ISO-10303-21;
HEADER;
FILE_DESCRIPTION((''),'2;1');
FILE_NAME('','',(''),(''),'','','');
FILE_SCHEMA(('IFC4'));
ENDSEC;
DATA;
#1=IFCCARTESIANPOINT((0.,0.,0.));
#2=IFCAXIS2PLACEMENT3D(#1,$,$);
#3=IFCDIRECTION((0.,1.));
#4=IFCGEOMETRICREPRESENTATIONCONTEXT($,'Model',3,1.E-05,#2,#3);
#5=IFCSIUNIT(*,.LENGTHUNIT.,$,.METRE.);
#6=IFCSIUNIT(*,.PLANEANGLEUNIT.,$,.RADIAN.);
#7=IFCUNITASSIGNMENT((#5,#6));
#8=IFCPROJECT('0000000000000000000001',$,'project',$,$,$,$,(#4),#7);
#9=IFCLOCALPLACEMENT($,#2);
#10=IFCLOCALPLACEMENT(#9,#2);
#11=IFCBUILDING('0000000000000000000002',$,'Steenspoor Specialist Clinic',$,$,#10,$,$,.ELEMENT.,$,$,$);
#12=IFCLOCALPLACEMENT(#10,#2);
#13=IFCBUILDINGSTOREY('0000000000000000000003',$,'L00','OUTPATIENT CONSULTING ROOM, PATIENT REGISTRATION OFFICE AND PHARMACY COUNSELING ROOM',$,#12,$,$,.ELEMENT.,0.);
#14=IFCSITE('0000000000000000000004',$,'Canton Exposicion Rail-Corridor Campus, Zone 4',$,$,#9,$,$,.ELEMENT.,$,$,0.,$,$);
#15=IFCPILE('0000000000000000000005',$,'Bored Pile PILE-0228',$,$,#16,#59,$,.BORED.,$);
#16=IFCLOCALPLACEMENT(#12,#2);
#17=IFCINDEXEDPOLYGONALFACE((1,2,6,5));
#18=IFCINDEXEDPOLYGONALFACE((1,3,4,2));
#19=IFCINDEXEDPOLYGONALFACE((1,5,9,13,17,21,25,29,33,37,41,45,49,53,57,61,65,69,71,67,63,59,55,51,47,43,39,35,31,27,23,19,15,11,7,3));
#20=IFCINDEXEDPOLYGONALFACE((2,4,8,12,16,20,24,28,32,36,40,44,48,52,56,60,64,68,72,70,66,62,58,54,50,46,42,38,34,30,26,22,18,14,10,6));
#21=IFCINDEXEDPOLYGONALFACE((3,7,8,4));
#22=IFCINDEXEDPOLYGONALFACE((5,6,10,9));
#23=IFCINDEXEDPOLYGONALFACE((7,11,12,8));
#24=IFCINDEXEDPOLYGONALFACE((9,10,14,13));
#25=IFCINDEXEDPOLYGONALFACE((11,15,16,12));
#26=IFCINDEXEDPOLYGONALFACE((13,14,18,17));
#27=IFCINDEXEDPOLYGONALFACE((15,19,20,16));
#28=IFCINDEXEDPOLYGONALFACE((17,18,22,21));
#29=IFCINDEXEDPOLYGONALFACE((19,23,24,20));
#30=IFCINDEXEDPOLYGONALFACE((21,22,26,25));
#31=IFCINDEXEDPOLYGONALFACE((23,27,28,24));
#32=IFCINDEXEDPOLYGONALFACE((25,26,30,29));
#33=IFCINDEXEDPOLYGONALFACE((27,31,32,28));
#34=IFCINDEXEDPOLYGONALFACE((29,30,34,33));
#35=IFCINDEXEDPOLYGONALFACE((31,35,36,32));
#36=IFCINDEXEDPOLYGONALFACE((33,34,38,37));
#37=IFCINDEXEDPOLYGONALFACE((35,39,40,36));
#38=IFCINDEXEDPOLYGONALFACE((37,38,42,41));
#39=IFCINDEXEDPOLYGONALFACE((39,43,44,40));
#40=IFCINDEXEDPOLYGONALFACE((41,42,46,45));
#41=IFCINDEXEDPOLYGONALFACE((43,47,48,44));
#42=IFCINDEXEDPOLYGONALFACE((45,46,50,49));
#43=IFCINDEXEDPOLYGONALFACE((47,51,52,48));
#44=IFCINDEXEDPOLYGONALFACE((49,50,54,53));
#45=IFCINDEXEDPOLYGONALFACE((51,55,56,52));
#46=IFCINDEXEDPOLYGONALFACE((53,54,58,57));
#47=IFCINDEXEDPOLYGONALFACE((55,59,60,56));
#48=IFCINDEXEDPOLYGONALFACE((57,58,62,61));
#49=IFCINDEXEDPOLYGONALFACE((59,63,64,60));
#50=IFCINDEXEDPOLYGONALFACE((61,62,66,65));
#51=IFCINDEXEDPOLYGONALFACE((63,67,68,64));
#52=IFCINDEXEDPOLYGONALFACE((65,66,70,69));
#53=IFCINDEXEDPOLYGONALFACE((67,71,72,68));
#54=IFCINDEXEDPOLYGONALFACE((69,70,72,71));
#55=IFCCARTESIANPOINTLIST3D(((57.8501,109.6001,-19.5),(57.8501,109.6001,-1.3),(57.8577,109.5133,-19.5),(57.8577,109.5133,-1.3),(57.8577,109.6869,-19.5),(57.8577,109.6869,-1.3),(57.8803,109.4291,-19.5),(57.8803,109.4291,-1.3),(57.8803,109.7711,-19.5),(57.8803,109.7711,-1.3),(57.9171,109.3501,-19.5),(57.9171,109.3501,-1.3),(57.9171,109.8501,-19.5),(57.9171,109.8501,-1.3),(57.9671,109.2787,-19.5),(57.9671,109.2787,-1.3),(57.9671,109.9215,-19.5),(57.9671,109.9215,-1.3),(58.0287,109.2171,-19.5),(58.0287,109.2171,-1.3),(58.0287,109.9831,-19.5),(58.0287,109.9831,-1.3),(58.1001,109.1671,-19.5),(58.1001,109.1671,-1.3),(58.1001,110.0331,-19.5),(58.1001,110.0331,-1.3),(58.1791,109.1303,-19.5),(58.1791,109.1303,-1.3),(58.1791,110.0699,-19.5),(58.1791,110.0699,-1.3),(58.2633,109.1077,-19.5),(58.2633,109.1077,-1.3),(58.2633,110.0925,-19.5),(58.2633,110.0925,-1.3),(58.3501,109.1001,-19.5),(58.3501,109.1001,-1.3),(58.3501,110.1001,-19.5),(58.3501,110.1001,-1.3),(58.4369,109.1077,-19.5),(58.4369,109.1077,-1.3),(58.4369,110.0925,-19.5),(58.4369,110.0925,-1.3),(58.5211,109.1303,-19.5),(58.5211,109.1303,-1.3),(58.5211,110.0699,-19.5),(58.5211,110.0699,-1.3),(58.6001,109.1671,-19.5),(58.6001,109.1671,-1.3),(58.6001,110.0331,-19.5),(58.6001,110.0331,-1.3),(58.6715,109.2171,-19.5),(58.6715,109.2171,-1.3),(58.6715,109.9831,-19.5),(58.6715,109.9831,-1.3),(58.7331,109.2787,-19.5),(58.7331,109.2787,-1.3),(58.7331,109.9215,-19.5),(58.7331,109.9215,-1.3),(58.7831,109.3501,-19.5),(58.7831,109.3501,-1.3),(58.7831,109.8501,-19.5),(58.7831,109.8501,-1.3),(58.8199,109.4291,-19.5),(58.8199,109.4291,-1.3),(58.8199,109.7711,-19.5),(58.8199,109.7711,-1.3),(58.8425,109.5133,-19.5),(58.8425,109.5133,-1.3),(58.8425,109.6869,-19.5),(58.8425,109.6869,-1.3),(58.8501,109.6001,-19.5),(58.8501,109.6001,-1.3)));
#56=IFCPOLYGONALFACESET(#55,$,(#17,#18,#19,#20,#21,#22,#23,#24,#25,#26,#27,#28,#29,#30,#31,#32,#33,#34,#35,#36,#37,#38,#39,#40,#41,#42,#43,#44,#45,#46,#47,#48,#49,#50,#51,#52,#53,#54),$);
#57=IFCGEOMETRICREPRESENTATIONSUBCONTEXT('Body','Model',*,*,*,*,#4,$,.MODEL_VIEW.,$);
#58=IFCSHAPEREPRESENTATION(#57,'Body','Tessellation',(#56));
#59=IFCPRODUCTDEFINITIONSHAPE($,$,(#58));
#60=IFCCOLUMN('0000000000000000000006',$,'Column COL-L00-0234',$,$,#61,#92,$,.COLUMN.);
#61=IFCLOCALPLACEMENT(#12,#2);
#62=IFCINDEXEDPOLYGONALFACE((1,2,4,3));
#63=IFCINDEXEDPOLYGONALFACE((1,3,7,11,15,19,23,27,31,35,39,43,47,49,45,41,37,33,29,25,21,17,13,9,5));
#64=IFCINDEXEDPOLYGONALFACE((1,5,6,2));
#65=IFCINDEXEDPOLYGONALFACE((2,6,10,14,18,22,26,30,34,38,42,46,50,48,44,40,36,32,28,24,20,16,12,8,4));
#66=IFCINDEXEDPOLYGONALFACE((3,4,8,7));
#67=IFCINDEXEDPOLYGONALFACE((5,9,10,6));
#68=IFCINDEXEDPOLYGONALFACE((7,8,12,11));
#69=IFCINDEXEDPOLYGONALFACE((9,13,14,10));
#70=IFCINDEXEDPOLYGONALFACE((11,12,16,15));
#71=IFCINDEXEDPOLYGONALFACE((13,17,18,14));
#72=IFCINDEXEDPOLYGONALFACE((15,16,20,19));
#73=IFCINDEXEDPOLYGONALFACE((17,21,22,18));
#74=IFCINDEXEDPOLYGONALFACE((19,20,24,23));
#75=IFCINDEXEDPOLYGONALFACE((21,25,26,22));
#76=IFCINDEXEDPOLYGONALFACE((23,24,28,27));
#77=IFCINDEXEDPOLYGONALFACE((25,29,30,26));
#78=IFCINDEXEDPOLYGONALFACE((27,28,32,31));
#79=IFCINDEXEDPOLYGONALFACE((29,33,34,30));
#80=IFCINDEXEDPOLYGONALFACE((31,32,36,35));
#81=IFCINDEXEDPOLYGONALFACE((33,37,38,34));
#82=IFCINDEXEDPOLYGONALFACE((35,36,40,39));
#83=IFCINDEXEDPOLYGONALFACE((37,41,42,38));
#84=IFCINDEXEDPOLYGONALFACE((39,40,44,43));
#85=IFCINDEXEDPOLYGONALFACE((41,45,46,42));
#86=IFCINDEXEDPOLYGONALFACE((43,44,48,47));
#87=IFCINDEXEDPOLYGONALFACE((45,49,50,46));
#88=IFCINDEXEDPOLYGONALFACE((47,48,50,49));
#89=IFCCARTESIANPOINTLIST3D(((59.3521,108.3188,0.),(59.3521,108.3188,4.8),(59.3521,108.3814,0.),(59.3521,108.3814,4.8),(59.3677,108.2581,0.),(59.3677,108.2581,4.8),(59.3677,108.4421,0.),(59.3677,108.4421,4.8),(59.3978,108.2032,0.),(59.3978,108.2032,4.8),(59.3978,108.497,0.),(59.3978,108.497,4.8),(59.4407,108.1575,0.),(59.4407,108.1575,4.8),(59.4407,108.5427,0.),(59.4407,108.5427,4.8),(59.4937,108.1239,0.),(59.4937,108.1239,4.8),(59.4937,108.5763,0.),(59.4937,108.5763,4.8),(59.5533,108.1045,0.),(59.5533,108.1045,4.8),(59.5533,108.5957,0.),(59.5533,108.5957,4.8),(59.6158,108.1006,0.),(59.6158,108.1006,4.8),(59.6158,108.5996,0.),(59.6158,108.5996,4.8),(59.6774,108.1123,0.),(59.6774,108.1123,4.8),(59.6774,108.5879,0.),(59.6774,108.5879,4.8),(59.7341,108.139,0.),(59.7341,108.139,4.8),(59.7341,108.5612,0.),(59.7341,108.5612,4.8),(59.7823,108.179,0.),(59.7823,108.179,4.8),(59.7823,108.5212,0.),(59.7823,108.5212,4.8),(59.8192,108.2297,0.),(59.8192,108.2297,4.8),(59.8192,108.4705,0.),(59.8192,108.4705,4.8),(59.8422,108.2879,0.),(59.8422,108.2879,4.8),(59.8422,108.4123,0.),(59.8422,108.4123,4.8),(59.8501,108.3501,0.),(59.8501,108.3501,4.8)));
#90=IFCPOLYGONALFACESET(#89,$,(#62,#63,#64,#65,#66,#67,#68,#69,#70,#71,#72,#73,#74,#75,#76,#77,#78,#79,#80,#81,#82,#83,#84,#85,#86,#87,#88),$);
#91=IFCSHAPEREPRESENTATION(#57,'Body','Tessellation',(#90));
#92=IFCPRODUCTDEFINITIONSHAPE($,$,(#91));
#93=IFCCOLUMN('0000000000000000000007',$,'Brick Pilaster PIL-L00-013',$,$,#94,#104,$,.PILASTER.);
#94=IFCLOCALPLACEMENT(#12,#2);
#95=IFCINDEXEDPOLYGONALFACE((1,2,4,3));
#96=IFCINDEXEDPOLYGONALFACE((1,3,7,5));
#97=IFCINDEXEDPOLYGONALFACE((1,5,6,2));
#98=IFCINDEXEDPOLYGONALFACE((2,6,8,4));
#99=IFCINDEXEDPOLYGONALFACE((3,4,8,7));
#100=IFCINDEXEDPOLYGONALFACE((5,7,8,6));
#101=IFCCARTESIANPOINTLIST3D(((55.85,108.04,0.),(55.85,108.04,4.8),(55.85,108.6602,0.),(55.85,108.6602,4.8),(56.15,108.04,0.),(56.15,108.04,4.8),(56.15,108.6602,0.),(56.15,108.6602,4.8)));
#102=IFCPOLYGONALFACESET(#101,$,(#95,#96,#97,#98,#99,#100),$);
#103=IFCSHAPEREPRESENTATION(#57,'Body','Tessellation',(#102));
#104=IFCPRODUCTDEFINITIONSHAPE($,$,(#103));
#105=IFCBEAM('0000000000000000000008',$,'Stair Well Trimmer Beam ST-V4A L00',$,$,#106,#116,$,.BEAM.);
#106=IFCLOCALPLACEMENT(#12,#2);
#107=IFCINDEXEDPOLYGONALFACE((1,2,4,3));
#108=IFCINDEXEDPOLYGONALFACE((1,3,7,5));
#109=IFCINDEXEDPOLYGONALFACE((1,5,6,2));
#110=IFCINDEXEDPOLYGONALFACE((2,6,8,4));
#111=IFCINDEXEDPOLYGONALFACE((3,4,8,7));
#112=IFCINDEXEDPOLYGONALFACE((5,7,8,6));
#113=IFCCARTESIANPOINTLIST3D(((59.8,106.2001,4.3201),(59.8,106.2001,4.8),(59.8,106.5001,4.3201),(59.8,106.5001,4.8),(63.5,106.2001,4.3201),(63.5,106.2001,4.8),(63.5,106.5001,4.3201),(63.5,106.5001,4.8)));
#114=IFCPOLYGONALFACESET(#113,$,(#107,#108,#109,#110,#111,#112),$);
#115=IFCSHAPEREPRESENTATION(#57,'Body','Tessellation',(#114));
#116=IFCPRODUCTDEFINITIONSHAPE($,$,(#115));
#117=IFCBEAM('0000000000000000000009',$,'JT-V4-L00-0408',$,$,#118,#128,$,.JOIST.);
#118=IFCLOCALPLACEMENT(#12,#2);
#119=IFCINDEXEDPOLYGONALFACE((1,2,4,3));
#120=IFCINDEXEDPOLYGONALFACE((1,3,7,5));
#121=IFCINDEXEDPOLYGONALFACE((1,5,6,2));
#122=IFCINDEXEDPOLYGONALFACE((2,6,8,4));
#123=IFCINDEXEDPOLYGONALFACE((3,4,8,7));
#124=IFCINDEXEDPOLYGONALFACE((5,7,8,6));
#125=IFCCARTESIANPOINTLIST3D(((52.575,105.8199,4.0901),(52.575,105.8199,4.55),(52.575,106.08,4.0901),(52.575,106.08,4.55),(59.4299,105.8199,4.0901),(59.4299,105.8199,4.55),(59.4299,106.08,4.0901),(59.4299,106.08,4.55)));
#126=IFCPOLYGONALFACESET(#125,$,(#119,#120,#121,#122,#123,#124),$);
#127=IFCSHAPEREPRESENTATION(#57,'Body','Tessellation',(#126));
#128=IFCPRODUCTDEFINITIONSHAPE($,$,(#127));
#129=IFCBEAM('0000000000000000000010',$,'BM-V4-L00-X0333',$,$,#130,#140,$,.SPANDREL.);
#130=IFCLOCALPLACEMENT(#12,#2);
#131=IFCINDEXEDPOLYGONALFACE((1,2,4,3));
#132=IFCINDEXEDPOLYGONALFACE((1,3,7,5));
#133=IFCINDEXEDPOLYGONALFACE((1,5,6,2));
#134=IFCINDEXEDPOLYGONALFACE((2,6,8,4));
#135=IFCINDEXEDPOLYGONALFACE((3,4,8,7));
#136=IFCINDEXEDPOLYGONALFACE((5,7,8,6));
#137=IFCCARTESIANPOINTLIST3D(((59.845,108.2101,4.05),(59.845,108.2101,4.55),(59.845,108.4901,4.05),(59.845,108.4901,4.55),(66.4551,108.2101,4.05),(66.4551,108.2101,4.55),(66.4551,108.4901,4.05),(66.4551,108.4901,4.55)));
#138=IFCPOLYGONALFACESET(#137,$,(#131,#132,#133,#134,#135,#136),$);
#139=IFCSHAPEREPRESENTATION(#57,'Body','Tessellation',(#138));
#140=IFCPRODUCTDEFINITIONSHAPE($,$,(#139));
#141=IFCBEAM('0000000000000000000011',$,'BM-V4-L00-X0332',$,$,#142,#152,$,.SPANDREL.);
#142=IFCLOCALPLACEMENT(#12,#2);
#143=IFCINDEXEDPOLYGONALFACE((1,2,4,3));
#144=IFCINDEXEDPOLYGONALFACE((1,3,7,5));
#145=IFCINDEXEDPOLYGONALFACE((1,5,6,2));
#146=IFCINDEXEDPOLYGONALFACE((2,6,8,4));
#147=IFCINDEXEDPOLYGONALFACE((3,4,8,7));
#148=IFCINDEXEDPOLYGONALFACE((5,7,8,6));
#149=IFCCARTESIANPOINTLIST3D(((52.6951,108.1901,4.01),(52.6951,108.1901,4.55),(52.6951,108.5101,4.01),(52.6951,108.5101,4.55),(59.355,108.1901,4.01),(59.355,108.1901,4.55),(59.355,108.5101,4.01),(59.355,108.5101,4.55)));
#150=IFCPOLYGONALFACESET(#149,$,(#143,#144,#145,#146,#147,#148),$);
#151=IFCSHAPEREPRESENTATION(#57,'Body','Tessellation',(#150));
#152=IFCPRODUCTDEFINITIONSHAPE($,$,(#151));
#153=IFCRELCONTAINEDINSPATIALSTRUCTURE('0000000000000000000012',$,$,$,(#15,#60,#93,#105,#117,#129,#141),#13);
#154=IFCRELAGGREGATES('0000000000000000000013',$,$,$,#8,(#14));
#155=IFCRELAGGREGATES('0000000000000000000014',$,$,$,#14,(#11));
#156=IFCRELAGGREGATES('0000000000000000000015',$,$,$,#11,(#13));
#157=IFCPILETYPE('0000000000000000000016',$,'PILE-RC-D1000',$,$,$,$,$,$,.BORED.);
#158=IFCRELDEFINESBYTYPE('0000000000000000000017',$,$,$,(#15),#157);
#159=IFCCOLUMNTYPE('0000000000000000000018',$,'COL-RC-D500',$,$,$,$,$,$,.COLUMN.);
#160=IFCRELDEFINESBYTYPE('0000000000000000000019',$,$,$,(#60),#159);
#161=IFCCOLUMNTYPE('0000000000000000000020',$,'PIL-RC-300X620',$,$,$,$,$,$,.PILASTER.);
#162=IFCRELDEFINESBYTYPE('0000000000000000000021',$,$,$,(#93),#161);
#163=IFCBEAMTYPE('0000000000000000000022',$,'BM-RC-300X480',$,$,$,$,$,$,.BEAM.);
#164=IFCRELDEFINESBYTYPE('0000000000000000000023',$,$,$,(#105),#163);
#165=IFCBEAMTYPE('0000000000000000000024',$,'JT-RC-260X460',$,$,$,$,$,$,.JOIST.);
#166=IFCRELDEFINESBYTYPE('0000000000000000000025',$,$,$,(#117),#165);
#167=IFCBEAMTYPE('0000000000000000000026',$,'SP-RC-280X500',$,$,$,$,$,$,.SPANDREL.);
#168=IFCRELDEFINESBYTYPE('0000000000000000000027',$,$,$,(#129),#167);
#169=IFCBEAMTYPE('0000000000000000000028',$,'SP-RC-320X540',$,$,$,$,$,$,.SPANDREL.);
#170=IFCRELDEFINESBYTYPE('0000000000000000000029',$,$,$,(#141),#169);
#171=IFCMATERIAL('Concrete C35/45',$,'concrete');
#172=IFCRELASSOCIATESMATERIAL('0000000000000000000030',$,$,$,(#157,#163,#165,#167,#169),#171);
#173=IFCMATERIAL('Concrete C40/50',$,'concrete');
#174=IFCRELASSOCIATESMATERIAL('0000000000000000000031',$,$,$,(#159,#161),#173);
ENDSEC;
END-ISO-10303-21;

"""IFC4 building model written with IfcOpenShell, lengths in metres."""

from ifc_helpers import new_model, si_unit, direction, frame, origin, origin_2d, place, context, subcontext, project, spatial, rectangle, circle, extrude, material, material_profile, profile_set, type_object, element, save


model = new_model("IFC4")

# Units and contexts
model_context = context("Model", 3, precision=1e-05, world=origin(), true_north=direction((0.0, 1.0)))
body_context = subcontext(model_context, "Body", "Model", "MODEL_VIEW")
ifc_project = project(units=[si_unit("LENGTHUNIT", "METRE"), si_unit("PLANEANGLEUNIT", "RADIAN")], contexts=[model_context])

# Site, building, storey
site_placement = place(None, origin())
site = spatial("IfcSite", under=ifc_project, at=site_placement, Name="Canton Exposicion Rail-Corridor Campus, Zone 4", CompositionType="ELEMENT", RefElevation=0.0)
building_placement = place(site_placement, origin())
building = spatial("IfcBuilding", under=site, at=building_placement, Name="Steenspoor Specialist Clinic", CompositionType="ELEMENT")
storey_placement = place(building_placement, origin())
storey = spatial("IfcBuildingStorey", under=building, at=storey_placement, Name="L00", Description="OUTPATIENT CONSULTING ROOM, PATIENT REGISTRATION OFFICE AND PHARMACY COUNSELING ROOM", CompositionType="ELEMENT", Elevation=0.0)

# Shared definitions
ifc_material_1 = material(Name="Concrete C35/45", Category="concrete")

# Pile
ifc_material_profile_1 = material_profile(ifc_material_1, circle(Radius=0.5, at=origin_2d()), Name="PILE-D1000")
ifc_profile_set_1 = profile_set([ifc_material_profile_1], Name="Concrete C35/45")
pile_type = type_object("IfcPileType", Name="PILE-RC-D1000", PredefinedType="BORED", material=ifc_profile_set_1)
for number, where, z_axis, x_axis, name in (
    (1, (58.3501, 109.6001, -1.3), (0.0, 0.0, -1.0), (1.0, 0.0, 0.0), "Bored Pile PILE-0228"),
):
    element("IfcPile", number, at=place(storey_placement, frame(where, z_axis=z_axis, x_axis=x_axis)), inside=storey, type_object=pile_type, Name=name, PredefinedType="BORED", context=body_context, shape_type="SweptSolid", body=[
        extrude(circle(Radius=0.5, at=origin_2d()), origin(), (0.0, 0.0, 1.0), 18.2),
    ])

# Columns
ifc_material_2 = material(Name="Concrete C40/50", Category="concrete")
ifc_material_profile_2 = material_profile(ifc_material_2, circle(Radius=0.25, at=origin_2d()), Name="RC-COL-D500")
ifc_profile_set_2 = profile_set([ifc_material_profile_2], Name="Concrete C40/50")
column_type_1 = type_object("IfcColumnType", Name="COL-RC-D500", PredefinedType="COLUMN", material=ifc_profile_set_2)
column_1_placement = place(storey_placement, frame((59.6001, 108.3501, 0.0), z_axis=(0.0, 0.0, 1.0), x_axis=(1.0, 0.0, 0.0)))
element("IfcColumn", 2, at=column_1_placement, inside=storey, type_object=column_type_1, Name="Column COL-L00-0234", PredefinedType="COLUMN", context=body_context, shape_type="SweptSolid", body=[
    extrude(circle(Radius=0.25, at=origin_2d()), origin(), (0.0, 0.0, 1.0), 4.8),
])
ifc_material_profile_3 = material_profile(ifc_material_2, rectangle(XDim=0.3, YDim=0.6201, at=origin_2d()), Name="RC-PIL-300X620")
ifc_profile_set_3 = profile_set([ifc_material_profile_3], Name="Concrete C40/50")
column_type_2 = type_object("IfcColumnType", Name="PIL-RC-300X620", PredefinedType="PILASTER", material=ifc_profile_set_3)
column_2_placement = place(storey_placement, frame((56.0, 108.3501, 0.0), z_axis=(0.0, 0.0, 1.0), x_axis=(1.0, 0.0, 0.0)))
element("IfcColumn", 3, at=column_2_placement, inside=storey, type_object=column_type_2, Name="Brick Pilaster PIL-L00-013", PredefinedType="PILASTER", context=body_context, shape_type="SweptSolid", body=[
    extrude(rectangle(XDim=0.3, YDim=0.6201, at=origin_2d()), origin(), (0.0, 0.0, 1.0), 4.8),
])

# Beams
ifc_material_profile_4 = material_profile(ifc_material_1, rectangle(XDim=0.3, YDim=0.48, at=origin_2d()), Name="RC-BM-300X480")
ifc_profile_set_4 = profile_set([ifc_material_profile_4], Name="Concrete C35/45")
beam_type_1 = type_object("IfcBeamType", Name="BM-RC-300X480", PredefinedType="BEAM", material=ifc_profile_set_4)
beam_1_placement = place(storey_placement, frame((59.8, 106.3501, 4.5601), z_axis=(1.0, 0.0, 0.0), x_axis=(0.0, 1.0, 0.0)))
element("IfcBeam", 4, at=beam_1_placement, inside=storey, type_object=beam_type_1, Name="Stair Well Trimmer Beam ST-V4A L00", PredefinedType="BEAM", context=body_context, shape_type="SweptSolid", body=[
    extrude(rectangle(XDim=0.3, YDim=0.48, at=origin_2d()), origin(), (0.0, 0.0, 1.0), 3.7),
])
ifc_material_profile_5 = material_profile(ifc_material_1, rectangle(XDim=0.26, YDim=0.46, at=origin_2d()), Name="RC-JT-260X460")
ifc_profile_set_5 = profile_set([ifc_material_profile_5], Name="Concrete C35/45")
beam_type_2 = type_object("IfcBeamType", Name="JT-RC-260X460", PredefinedType="JOIST", material=ifc_profile_set_5)
beam_2_placement = place(storey_placement, frame((52.575, 105.95, 4.3201), z_axis=(1.0, 0.0, 0.0), x_axis=(0.0, 1.0, 0.0)))
element("IfcBeam", 5, at=beam_2_placement, inside=storey, type_object=beam_type_2, Name="JT-V4-L00-0408", PredefinedType="JOIST", context=body_context, shape_type="SweptSolid", body=[
    extrude(rectangle(XDim=0.26, YDim=0.46, at=origin_2d()), origin(), (0.0, 0.0, 1.0), 6.855),
])
ifc_material_profile_6 = material_profile(ifc_material_1, rectangle(XDim=0.28, YDim=0.5, at=origin_2d()), Name="RC-SP-280X500")
ifc_profile_set_6 = profile_set([ifc_material_profile_6], Name="Concrete C35/45")
beam_type_3 = type_object("IfcBeamType", Name="SP-RC-280X500", PredefinedType="SPANDREL", material=ifc_profile_set_6)
beam_3_placement = place(storey_placement, frame((59.845, 108.3501, 4.3), z_axis=(1.0, 0.0, 0.0), x_axis=(0.0, 1.0, 0.0)))
element("IfcBeam", 6, at=beam_3_placement, inside=storey, type_object=beam_type_3, Name="BM-V4-L00-X0333", PredefinedType="SPANDREL", context=body_context, shape_type="SweptSolid", body=[
    extrude(rectangle(XDim=0.28, YDim=0.5, at=origin_2d()), origin(), (0.0, 0.0, 1.0), 6.6101),
])
ifc_material_profile_7 = material_profile(ifc_material_1, rectangle(XDim=0.3201, YDim=0.54, at=origin_2d()), Name="RC-SP-320X540")
ifc_profile_set_7 = profile_set([ifc_material_profile_7], Name="Concrete C35/45")
beam_type_4 = type_object("IfcBeamType", Name="SP-RC-320X540", PredefinedType="SPANDREL", material=ifc_profile_set_7)
beam_4_placement = place(storey_placement, frame((52.6951, 108.3501, 4.28), z_axis=(1.0, 0.0, 0.0), x_axis=(0.0, 1.0, 0.0)))
element("IfcBeam", 7, at=beam_4_placement, inside=storey, type_object=beam_type_4, Name="BM-V4-L00-X0332", PredefinedType="SPANDREL", context=body_context, shape_type="SweptSolid", body=[
    extrude(rectangle(XDim=0.3201, YDim=0.54, at=origin_2d()), origin(), (0.0, 0.0, 1.0), 6.6599),
])

save(model, "model.ifc")
